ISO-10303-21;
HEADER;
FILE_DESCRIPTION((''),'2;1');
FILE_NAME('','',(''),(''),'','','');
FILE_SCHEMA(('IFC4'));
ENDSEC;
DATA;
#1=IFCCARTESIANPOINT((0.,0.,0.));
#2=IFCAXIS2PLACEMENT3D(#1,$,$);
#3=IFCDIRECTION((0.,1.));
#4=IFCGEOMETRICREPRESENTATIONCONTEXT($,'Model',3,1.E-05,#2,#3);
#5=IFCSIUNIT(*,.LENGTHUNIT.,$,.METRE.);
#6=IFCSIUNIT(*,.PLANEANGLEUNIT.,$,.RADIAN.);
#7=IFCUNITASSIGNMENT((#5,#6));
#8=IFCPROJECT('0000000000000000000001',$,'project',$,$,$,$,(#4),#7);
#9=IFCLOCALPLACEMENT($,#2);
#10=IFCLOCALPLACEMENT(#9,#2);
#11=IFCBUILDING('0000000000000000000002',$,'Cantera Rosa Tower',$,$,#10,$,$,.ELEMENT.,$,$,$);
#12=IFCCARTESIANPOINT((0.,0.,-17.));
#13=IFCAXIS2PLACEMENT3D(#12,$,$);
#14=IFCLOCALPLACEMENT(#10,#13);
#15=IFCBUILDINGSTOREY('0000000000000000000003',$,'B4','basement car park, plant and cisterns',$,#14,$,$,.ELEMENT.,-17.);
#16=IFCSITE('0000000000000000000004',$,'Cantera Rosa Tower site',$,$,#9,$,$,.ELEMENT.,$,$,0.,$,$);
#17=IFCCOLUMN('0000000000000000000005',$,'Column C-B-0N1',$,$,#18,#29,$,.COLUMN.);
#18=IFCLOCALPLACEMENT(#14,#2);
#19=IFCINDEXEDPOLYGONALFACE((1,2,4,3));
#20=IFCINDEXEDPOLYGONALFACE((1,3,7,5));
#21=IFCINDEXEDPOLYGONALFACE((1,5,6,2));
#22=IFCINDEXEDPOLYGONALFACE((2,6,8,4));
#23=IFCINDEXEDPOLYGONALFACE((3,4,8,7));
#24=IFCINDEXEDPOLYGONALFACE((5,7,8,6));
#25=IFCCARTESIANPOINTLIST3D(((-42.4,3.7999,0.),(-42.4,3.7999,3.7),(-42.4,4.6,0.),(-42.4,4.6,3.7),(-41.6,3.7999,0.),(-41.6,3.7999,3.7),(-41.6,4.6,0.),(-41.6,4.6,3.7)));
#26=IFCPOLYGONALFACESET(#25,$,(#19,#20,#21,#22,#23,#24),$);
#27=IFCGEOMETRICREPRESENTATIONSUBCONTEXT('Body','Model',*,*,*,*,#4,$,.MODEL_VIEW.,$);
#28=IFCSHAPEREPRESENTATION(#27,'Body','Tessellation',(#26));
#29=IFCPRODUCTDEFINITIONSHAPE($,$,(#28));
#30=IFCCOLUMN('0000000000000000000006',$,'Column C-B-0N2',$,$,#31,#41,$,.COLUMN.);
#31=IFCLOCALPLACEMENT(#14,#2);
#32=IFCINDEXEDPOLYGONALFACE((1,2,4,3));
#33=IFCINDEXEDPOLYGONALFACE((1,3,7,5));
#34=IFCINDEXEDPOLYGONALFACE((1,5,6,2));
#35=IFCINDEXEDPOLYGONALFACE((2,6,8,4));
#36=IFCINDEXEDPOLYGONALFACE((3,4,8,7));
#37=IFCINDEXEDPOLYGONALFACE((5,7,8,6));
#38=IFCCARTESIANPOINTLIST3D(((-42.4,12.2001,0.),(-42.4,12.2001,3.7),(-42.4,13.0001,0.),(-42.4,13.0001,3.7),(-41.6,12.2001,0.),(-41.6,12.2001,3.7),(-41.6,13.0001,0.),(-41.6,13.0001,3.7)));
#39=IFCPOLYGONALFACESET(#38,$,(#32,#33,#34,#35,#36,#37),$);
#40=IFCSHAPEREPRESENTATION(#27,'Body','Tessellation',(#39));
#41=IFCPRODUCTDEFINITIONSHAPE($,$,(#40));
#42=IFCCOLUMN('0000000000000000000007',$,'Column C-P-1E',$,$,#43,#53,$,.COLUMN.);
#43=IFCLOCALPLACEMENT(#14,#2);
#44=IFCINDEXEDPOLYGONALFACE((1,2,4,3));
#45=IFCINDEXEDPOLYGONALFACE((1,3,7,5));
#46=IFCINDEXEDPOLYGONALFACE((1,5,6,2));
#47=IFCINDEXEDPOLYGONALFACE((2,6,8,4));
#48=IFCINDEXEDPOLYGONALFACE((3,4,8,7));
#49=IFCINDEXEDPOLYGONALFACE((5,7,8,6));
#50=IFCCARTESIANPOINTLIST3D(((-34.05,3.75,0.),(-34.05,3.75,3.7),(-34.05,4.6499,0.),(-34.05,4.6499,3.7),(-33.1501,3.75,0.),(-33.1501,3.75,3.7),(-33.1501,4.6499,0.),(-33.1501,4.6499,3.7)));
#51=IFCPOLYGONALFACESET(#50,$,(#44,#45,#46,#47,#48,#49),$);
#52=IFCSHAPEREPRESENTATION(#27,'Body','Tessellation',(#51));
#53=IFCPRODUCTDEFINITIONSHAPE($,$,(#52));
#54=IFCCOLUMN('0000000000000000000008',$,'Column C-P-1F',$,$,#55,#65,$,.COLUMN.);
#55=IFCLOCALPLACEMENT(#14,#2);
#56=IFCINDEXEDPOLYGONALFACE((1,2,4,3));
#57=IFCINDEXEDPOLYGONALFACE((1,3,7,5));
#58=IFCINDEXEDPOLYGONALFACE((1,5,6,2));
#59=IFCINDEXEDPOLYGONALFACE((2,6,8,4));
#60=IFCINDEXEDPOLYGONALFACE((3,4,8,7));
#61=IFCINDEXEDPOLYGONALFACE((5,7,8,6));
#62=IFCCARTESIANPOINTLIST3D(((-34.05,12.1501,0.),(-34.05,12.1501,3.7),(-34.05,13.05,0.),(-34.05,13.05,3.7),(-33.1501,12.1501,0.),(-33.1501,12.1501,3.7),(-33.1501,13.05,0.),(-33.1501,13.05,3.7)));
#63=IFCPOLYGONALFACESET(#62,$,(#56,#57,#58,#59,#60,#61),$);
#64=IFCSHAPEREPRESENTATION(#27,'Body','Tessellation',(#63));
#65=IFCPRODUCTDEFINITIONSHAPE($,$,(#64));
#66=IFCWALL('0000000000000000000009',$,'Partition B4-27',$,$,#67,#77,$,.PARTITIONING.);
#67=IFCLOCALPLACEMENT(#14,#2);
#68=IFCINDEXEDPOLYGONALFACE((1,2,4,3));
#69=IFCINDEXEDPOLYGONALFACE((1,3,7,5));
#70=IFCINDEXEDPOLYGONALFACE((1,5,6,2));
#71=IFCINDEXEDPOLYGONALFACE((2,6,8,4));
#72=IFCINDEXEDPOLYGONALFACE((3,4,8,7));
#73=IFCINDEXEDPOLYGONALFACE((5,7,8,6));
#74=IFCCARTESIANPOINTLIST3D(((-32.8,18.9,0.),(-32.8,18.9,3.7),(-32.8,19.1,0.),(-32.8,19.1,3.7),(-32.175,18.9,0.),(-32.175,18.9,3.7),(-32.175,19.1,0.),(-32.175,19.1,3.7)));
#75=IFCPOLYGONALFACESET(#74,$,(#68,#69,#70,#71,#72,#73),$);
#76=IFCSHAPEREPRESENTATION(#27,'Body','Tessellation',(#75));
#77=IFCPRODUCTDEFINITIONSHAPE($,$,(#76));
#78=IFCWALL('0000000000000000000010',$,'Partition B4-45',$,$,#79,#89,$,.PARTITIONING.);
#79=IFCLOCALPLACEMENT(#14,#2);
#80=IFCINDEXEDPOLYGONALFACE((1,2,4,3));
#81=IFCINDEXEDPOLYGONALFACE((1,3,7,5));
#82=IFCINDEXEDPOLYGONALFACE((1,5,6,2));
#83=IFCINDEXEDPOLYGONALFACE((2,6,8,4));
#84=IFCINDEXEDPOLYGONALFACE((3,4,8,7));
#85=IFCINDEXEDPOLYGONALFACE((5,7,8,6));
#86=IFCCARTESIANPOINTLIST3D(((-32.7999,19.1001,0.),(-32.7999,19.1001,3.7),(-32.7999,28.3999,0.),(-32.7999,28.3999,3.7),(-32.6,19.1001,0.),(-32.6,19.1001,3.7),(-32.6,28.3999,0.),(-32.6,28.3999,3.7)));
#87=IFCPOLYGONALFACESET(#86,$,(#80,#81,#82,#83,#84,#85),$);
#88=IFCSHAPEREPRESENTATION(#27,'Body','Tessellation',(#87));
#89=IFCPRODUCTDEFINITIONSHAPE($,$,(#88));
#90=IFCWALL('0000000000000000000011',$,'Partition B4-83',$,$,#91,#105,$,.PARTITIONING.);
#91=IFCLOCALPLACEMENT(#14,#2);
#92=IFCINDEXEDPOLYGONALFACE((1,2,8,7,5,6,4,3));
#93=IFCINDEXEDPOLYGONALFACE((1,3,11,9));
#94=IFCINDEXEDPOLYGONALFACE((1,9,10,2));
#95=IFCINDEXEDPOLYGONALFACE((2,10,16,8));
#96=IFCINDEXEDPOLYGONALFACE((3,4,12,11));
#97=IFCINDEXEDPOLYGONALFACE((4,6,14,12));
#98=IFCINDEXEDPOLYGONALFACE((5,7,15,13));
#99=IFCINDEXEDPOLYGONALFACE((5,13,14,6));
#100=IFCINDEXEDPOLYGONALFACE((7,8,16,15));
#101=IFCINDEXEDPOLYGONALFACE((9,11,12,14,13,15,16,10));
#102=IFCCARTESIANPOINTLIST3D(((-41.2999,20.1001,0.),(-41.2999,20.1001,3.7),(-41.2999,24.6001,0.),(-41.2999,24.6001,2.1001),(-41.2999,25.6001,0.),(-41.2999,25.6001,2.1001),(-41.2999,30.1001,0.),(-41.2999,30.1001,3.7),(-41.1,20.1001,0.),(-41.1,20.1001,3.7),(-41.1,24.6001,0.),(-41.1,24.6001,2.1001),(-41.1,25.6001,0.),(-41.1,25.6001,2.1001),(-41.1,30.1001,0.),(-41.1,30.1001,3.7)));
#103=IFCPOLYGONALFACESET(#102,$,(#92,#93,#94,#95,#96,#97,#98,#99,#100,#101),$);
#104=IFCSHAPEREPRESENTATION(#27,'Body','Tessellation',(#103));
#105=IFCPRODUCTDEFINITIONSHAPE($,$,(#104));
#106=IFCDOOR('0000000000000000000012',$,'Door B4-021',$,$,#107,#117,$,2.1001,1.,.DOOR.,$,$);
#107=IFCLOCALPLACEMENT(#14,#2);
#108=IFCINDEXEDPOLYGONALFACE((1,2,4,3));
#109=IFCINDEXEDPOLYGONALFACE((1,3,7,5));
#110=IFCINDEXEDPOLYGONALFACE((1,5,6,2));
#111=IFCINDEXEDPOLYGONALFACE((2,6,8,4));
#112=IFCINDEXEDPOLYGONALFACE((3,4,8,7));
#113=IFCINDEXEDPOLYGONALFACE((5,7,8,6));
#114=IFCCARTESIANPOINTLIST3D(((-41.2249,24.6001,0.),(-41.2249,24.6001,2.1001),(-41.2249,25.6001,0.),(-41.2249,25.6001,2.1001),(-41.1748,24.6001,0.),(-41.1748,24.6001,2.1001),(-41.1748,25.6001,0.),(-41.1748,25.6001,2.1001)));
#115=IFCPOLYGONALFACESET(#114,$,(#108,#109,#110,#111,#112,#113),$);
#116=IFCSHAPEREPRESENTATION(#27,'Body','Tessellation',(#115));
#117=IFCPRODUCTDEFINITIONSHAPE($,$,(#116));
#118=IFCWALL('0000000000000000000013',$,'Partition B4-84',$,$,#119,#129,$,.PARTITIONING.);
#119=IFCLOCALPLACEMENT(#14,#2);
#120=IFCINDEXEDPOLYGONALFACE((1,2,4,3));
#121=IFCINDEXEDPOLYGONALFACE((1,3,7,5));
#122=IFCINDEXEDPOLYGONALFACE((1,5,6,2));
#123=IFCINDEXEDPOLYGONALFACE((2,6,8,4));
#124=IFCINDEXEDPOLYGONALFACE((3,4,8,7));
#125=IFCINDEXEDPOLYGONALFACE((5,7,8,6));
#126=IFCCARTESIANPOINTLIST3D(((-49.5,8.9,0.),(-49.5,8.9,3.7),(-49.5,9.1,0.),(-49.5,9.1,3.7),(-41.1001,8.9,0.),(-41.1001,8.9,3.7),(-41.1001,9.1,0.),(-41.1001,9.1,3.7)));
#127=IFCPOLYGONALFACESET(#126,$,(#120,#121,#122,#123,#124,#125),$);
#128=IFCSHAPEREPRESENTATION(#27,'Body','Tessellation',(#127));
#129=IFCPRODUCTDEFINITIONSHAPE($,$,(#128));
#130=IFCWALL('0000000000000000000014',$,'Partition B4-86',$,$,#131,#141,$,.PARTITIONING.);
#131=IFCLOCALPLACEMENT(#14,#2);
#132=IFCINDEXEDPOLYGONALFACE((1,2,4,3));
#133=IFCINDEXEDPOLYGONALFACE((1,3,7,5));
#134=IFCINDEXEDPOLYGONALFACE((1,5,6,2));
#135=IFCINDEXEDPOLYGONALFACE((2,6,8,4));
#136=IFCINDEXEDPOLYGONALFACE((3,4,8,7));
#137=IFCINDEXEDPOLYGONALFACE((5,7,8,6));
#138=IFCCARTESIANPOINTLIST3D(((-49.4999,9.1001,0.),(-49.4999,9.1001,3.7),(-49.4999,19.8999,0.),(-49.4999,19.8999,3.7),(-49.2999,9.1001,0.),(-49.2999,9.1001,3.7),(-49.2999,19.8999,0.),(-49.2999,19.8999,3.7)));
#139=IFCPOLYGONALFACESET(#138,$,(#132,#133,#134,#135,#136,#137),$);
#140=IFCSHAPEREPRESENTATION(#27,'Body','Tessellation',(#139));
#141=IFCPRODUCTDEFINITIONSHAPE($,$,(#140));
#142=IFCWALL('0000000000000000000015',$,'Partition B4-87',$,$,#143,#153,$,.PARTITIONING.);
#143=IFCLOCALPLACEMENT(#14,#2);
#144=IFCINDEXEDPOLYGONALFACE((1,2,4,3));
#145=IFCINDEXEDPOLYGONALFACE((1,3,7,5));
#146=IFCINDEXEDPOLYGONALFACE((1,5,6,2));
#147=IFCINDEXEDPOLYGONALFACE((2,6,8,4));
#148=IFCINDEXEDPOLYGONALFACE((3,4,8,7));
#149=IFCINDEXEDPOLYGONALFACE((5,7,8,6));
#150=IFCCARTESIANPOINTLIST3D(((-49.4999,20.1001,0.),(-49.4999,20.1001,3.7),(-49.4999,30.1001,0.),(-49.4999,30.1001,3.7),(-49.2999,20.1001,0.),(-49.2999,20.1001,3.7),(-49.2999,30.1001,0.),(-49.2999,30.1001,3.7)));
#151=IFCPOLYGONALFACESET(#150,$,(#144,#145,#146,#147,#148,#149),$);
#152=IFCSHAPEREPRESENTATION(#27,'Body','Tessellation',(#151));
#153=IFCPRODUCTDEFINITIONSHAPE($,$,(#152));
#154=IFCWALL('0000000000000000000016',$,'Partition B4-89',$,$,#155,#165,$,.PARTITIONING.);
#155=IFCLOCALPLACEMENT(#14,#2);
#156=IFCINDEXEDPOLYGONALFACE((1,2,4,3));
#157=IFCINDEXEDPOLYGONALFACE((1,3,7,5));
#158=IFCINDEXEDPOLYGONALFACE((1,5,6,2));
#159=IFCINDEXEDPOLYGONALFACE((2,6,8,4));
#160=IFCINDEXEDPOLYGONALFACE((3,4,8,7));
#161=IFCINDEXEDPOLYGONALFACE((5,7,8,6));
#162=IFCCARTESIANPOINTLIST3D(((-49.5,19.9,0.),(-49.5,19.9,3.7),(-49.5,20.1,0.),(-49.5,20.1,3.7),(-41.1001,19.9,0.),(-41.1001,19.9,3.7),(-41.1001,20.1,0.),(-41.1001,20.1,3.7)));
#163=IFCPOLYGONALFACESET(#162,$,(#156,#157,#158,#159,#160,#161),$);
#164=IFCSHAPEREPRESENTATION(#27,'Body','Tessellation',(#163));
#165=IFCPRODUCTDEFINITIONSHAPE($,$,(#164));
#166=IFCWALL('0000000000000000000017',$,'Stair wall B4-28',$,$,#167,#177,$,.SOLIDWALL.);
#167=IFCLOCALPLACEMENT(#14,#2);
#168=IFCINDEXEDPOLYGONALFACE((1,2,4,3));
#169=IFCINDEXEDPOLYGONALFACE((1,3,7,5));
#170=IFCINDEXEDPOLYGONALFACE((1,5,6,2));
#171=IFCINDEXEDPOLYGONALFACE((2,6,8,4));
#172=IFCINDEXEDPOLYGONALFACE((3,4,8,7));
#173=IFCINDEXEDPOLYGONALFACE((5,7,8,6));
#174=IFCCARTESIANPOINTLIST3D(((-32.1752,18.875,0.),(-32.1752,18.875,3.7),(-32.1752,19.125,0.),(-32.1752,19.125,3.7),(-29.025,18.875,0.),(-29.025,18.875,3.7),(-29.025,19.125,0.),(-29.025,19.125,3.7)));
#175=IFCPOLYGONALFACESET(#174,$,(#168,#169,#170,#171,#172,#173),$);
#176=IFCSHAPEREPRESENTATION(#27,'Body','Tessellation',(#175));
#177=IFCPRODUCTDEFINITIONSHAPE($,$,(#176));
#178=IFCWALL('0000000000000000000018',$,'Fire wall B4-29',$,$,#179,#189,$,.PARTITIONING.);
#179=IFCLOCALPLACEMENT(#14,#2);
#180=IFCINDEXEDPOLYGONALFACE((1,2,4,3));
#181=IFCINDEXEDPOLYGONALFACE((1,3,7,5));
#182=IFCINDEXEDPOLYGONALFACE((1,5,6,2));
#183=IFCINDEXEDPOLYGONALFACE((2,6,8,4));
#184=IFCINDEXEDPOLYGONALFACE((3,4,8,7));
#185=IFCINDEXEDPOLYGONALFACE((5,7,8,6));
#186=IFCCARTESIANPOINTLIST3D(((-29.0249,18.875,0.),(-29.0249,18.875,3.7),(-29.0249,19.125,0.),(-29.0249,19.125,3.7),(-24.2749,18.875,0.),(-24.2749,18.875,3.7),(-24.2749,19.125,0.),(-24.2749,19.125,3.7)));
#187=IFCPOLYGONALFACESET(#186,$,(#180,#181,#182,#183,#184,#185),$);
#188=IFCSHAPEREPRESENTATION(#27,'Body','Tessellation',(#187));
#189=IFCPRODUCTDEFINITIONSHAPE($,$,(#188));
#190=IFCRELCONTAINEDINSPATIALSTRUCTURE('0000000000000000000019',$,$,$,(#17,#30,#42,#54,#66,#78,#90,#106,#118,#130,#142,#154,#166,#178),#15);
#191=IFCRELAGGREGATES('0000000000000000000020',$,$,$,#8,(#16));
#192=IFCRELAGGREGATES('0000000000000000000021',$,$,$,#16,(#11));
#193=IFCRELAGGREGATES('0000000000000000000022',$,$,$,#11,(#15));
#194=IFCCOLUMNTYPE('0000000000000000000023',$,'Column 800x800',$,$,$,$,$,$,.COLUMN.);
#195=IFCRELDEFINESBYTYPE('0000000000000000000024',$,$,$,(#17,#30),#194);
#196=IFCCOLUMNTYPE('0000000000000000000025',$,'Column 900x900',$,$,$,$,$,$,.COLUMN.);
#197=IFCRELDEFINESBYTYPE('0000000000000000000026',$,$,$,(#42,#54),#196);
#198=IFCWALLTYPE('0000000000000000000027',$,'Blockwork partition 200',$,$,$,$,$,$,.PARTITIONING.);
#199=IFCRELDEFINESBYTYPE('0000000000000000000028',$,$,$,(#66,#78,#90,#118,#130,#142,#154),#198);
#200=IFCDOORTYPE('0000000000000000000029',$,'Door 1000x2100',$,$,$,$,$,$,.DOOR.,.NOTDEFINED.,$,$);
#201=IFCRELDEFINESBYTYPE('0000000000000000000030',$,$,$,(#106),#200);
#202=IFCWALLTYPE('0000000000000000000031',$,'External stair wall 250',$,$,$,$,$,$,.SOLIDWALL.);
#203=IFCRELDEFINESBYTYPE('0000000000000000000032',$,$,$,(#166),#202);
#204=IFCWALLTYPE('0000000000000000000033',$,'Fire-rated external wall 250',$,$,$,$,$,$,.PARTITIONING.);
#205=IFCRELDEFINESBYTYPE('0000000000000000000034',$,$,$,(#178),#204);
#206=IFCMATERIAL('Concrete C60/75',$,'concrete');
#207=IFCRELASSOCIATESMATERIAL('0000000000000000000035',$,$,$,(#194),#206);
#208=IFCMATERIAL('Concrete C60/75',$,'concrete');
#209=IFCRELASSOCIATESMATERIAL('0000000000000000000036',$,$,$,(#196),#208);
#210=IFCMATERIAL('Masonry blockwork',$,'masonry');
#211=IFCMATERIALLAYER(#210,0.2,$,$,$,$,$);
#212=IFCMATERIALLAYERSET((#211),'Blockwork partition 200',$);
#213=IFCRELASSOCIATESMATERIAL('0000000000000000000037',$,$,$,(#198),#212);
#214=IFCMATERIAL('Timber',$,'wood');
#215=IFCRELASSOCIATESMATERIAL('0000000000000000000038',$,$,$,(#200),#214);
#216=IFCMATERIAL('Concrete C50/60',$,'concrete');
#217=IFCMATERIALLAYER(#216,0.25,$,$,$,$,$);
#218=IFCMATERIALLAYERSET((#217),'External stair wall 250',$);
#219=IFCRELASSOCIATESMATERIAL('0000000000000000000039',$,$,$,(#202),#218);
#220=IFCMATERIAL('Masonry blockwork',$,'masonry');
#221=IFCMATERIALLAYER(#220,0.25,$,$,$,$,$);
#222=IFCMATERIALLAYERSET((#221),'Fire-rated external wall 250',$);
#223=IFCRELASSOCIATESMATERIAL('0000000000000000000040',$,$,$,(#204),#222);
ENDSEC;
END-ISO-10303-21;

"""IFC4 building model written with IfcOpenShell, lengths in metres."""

from ifc_helpers import new_model, si_unit, direction, frame, frame_2d, origin, origin_2d, place, context, subcontext, project, spatial, rectangle, extrude, material, layer, layer_set, material_profile, profile_set, type_object, element, fill, save


model = new_model("IFC4")

# Units and contexts
model_context = context("Model", 3, precision=1e-05, world=origin(), true_north=direction((0.0, 1.0)))
body_context = subcontext(model_context, "Body", "Model", "MODEL_VIEW")
ifc_project = project(units=[si_unit("LENGTHUNIT", "METRE"), si_unit("PLANEANGLEUNIT", "RADIAN")], contexts=[model_context])

# Site, building, storey
site_placement = place(None, origin())
site = spatial("IfcSite", under=ifc_project, at=site_placement, Name="Cantera Rosa Tower site", CompositionType="ELEMENT", RefElevation=0.0)
building_placement = place(site_placement, origin())
building = spatial("IfcBuilding", under=site, at=building_placement, Name="Cantera Rosa Tower", CompositionType="ELEMENT")
storey_placement = place(building_placement, frame((0.0, 0.0, -17.0)))
storey = spatial("IfcBuildingStorey", under=building, at=storey_placement, Name="B4", Description="basement car park, plant and cisterns", CompositionType="ELEMENT", Elevation=-17.0)

# Columns
ifc_material_1 = material(Name="Concrete C60/75", Category="concrete")
ifc_material_profile_1 = material_profile(ifc_material_1, rectangle(XDim=0.8, YDim=0.8, at=origin_2d()), Name="Column 800x800")
ifc_profile_set_1 = profile_set([ifc_material_profile_1], Name="Concrete C60/75")
column_type_1 = type_object("IfcColumnType", Name="Column 800x800", PredefinedType="COLUMN", material=ifc_profile_set_1)
for number, where, z_axis, x_axis, name in (
    (1, (-42.0, 4.2, 0.0), (0.0, 0.0, 1.0), (1.0, 0.0, 0.0), "Column C-B-0N1"),
    (2, (-42.0, 12.6001, 0.0), (0.0, 0.0, 1.0), (1.0, 0.0, 0.0), "Column C-B-0N2"),
):
    element("IfcColumn", number, at=place(storey_placement, frame(where, z_axis=z_axis, x_axis=x_axis)), inside=storey, type_object=column_type_1, Name=name, PredefinedType="COLUMN", context=body_context, shape_type="SweptSolid", body=[
        extrude(rectangle(XDim=0.8, YDim=0.8, at=origin_2d()), origin(), (0.0, 0.0, 1.0), 3.7),
    ])
ifc_material_2 = material(Name="Concrete C60/75", Category="concrete")
ifc_material_profile_2 = material_profile(ifc_material_2, rectangle(XDim=0.8999, YDim=0.8999, at=origin_2d()), Name="Column 900x900")
ifc_profile_set_2 = profile_set([ifc_material_profile_2], Name="Concrete C60/75")
column_type_2 = type_object("IfcColumnType", Name="Column 900x900", PredefinedType="COLUMN", material=ifc_profile_set_2)
for number, where, z_axis, x_axis, name in (
    (3, (-33.6001, 4.2, 0.0), (0.0, 0.0, 1.0), (1.0, 0.0, 0.0), "Column C-P-1E"),
    (4, (-33.6001, 12.6001, 0.0), (0.0, 0.0, 1.0), (1.0, 0.0, 0.0), "Column C-P-1F"),
):
    element("IfcColumn", number, at=place(storey_placement, frame(where, z_axis=z_axis, x_axis=x_axis)), inside=storey, type_object=column_type_2, Name=name, PredefinedType="COLUMN", context=body_context, shape_type="SweptSolid", body=[
        extrude(rectangle(XDim=0.8999, YDim=0.8999, at=origin_2d()), origin(), (0.0, 0.0, 1.0), 3.7),
    ])

# Walls
ifc_material_3 = material(Name="Masonry blockwork", Category="masonry")
ifc_layer_1 = layer(ifc_material_3, 0.2)
ifc_layer_set_1 = layer_set([ifc_layer_1], Name="Blockwork partition 200")
wall_type_1 = type_object("IfcWallType", Name="Blockwork partition 200", PredefinedType="PARTITIONING", material=ifc_layer_set_1)
wall_1_placement = place(storey_placement, frame((-32.8, 19.0, 0.0), z_axis=(0.0, 0.0, 1.0), x_axis=(1.0, 0.0, 0.0)))
element("IfcWall", 5, at=wall_1_placement, inside=storey, type_object=wall_type_1, Name="Partition B4-27", PredefinedType="PARTITIONING", context=body_context, shape_type="SweptSolid", body=[
    extrude(rectangle(XDim=0.625, YDim=0.2, at=frame_2d((0.3125, 0.0))), origin(), (0.0, 0.0, 1.0), 3.7),
])
wall_2_placement = place(storey_placement, frame((-32.7, 19.1001, 0.0), z_axis=(0.0, 0.0, 1.0), x_axis=(0.0, 1.0, 0.0)))
element("IfcWall", 6, at=wall_2_placement, inside=storey, type_object=wall_type_1, Name="Partition B4-45", PredefinedType="PARTITIONING", context=body_context, shape_type="SweptSolid", body=[
    extrude(rectangle(XDim=9.2998, YDim=0.2, at=frame_2d((4.6499, 0.0))), origin(), (0.0, 0.0, 1.0), 3.7),
])

# Shared definitions
ifc_material_4 = material(Name="Timber", Category="wood")
door_type_1 = type_object("IfcDoorType", Name="Door 1000x2100", OperationType="NOTDEFINED", PredefinedType="DOOR", material=ifc_material_4)

# Wall, opening, door
wall_3_placement = place(storey_placement, frame((-41.2, 20.1001, 0.0), z_axis=(0.0, 0.0, 1.0), x_axis=(0.0, 1.0, 0.0)))
wall_3 = element("IfcWall", 7, at=wall_3_placement, inside=storey, type_object=wall_type_1, Name="Partition B4-83", PredefinedType="PARTITIONING", context=body_context, shape_type="SweptSolid", body=[
    extrude(rectangle(XDim=10.0, YDim=0.2, at=frame_2d((5.0, 0.0))), origin(), (0.0, 0.0, 1.0), 3.7),
])
opening_1_placement = place(wall_3_placement, frame((4.5, 0.0, 0.0)))
opening_1 = element("IfcOpeningElement", 8, at=opening_1_placement, cuts=wall_3, PredefinedType="OPENING", context=body_context, shape_type="SweptSolid", body=[
    extrude(rectangle(XDim=1.0, YDim=2.1001, at=frame_2d((0.5, 1.05))), frame((0.0, 0.1099, 0.0), z_axis=(0.0, -1.0, 0.0), x_axis=(1.0, 0.0, 0.0)), (0.0, 0.0, 1.0), 0.22),
])
door_1_placement = place(opening_1_placement, origin())
door_1 = element("IfcDoor", 9, at=door_1_placement, inside=storey, type_object=door_type_1, Name="Door B4-021", OverallHeight=2.1001, OverallWidth=1.0, PredefinedType="DOOR", context=body_context, shape_type="SweptSolid", body=[
    extrude(rectangle(XDim=1.0, YDim=2.1001, at=frame_2d((0.5, 1.05))), frame((0.0, 0.0249, 0.0), z_axis=(0.0, -1.0, 0.0), x_axis=(1.0, 0.0, 0.0)), (0.0, 0.0, 1.0), 0.05),
])
fill(opening_1, door_1)

# Walls
wall_4_placement = place(storey_placement, frame((-49.5, 9.0, 0.0), z_axis=(0.0, 0.0, 1.0), x_axis=(1.0, 0.0, 0.0)))
element("IfcWall", 10, at=wall_4_placement, inside=storey, type_object=wall_type_1, Name="Partition B4-84", PredefinedType="PARTITIONING", context=body_context, shape_type="SweptSolid", body=[
    extrude(rectangle(XDim=8.3999, YDim=0.2, at=frame_2d((4.2, 0.0))), origin(), (0.0, 0.0, 1.0), 3.7),
])
wall_5_placement = place(storey_placement, frame((-49.3999, 9.1001, 0.0), z_axis=(0.0, 0.0, 1.0), x_axis=(0.0, 1.0, 0.0)))
element("IfcWall", 11, at=wall_5_placement, inside=storey, type_object=wall_type_1, Name="Partition B4-86", PredefinedType="PARTITIONING", context=body_context, shape_type="SweptSolid", body=[
    extrude(rectangle(XDim=10.7998, YDim=0.2, at=frame_2d((5.3999, 0.0))), origin(), (0.0, 0.0, 1.0), 3.7),
])
wall_6_placement = place(storey_placement, frame((-49.3999, 20.1001, 0.0), z_axis=(0.0, 0.0, 1.0), x_axis=(0.0, 1.0, 0.0)))
element("IfcWall", 12, at=wall_6_placement, inside=storey, type_object=wall_type_1, Name="Partition B4-87", PredefinedType="PARTITIONING", context=body_context, shape_type="SweptSolid", body=[
    extrude(rectangle(XDim=10.0, YDim=0.2, at=frame_2d((5.0, 0.0))), origin(), (0.0, 0.0, 1.0), 3.7),
])
wall_7_placement = place(storey_placement, frame((-49.5, 20.0, 0.0), z_axis=(0.0, 0.0, 1.0), x_axis=(1.0, 0.0, 0.0)))
element("IfcWall", 13, at=wall_7_placement, inside=storey, type_object=wall_type_1, Name="Partition B4-89", PredefinedType="PARTITIONING", context=body_context, shape_type="SweptSolid", body=[
    extrude(rectangle(XDim=8.3999, YDim=0.2, at=frame_2d((4.2, 0.0))), origin(), (0.0, 0.0, 1.0), 3.7),
])
ifc_material_5 = material(Name="Concrete C50/60", Category="concrete")
ifc_layer_2 = layer(ifc_material_5, 0.25)
ifc_layer_set_2 = layer_set([ifc_layer_2], Name="External stair wall 250")
wall_type_2 = type_object("IfcWallType", Name="External stair wall 250", PredefinedType="SOLIDWALL", material=ifc_layer_set_2)
wall_8_placement = place(storey_placement, frame((-29.0249, 19.0, 0.0), z_axis=(0.0, 0.0, 1.0), x_axis=(-1.0, 0.0, 0.0)))
element("IfcWall", 14, at=wall_8_placement, inside=storey, type_object=wall_type_2, Name="Stair wall B4-28", PredefinedType="SOLIDWALL", context=body_context, shape_type="SweptSolid", body=[
    extrude(rectangle(XDim=3.1501, YDim=0.25, at=frame_2d((1.5752, 0.0))), origin(), (0.0, 0.0, 1.0), 3.7),
])
ifc_material_6 = material(Name="Masonry blockwork", Category="masonry")
ifc_layer_3 = layer(ifc_material_6, 0.25)
ifc_layer_set_3 = layer_set([ifc_layer_3], Name="Fire-rated external wall 250")
wall_type_3 = type_object("IfcWallType", Name="Fire-rated external wall 250", PredefinedType="PARTITIONING", material=ifc_layer_set_3)
wall_9_placement = place(storey_placement, frame((-29.0249, 19.0, 0.0), z_axis=(0.0, 0.0, 1.0), x_axis=(1.0, 0.0, 0.0)))
element("IfcWall", 15, at=wall_9_placement, inside=storey, type_object=wall_type_3, Name="Fire wall B4-29", PredefinedType="PARTITIONING", context=body_context, shape_type="SweptSolid", body=[
    extrude(rectangle(XDim=4.75, YDim=0.25, at=frame_2d((2.375, 0.0))), origin(), (0.0, 0.0, 1.0), 3.7),
])

save(model, "model.ifc")
